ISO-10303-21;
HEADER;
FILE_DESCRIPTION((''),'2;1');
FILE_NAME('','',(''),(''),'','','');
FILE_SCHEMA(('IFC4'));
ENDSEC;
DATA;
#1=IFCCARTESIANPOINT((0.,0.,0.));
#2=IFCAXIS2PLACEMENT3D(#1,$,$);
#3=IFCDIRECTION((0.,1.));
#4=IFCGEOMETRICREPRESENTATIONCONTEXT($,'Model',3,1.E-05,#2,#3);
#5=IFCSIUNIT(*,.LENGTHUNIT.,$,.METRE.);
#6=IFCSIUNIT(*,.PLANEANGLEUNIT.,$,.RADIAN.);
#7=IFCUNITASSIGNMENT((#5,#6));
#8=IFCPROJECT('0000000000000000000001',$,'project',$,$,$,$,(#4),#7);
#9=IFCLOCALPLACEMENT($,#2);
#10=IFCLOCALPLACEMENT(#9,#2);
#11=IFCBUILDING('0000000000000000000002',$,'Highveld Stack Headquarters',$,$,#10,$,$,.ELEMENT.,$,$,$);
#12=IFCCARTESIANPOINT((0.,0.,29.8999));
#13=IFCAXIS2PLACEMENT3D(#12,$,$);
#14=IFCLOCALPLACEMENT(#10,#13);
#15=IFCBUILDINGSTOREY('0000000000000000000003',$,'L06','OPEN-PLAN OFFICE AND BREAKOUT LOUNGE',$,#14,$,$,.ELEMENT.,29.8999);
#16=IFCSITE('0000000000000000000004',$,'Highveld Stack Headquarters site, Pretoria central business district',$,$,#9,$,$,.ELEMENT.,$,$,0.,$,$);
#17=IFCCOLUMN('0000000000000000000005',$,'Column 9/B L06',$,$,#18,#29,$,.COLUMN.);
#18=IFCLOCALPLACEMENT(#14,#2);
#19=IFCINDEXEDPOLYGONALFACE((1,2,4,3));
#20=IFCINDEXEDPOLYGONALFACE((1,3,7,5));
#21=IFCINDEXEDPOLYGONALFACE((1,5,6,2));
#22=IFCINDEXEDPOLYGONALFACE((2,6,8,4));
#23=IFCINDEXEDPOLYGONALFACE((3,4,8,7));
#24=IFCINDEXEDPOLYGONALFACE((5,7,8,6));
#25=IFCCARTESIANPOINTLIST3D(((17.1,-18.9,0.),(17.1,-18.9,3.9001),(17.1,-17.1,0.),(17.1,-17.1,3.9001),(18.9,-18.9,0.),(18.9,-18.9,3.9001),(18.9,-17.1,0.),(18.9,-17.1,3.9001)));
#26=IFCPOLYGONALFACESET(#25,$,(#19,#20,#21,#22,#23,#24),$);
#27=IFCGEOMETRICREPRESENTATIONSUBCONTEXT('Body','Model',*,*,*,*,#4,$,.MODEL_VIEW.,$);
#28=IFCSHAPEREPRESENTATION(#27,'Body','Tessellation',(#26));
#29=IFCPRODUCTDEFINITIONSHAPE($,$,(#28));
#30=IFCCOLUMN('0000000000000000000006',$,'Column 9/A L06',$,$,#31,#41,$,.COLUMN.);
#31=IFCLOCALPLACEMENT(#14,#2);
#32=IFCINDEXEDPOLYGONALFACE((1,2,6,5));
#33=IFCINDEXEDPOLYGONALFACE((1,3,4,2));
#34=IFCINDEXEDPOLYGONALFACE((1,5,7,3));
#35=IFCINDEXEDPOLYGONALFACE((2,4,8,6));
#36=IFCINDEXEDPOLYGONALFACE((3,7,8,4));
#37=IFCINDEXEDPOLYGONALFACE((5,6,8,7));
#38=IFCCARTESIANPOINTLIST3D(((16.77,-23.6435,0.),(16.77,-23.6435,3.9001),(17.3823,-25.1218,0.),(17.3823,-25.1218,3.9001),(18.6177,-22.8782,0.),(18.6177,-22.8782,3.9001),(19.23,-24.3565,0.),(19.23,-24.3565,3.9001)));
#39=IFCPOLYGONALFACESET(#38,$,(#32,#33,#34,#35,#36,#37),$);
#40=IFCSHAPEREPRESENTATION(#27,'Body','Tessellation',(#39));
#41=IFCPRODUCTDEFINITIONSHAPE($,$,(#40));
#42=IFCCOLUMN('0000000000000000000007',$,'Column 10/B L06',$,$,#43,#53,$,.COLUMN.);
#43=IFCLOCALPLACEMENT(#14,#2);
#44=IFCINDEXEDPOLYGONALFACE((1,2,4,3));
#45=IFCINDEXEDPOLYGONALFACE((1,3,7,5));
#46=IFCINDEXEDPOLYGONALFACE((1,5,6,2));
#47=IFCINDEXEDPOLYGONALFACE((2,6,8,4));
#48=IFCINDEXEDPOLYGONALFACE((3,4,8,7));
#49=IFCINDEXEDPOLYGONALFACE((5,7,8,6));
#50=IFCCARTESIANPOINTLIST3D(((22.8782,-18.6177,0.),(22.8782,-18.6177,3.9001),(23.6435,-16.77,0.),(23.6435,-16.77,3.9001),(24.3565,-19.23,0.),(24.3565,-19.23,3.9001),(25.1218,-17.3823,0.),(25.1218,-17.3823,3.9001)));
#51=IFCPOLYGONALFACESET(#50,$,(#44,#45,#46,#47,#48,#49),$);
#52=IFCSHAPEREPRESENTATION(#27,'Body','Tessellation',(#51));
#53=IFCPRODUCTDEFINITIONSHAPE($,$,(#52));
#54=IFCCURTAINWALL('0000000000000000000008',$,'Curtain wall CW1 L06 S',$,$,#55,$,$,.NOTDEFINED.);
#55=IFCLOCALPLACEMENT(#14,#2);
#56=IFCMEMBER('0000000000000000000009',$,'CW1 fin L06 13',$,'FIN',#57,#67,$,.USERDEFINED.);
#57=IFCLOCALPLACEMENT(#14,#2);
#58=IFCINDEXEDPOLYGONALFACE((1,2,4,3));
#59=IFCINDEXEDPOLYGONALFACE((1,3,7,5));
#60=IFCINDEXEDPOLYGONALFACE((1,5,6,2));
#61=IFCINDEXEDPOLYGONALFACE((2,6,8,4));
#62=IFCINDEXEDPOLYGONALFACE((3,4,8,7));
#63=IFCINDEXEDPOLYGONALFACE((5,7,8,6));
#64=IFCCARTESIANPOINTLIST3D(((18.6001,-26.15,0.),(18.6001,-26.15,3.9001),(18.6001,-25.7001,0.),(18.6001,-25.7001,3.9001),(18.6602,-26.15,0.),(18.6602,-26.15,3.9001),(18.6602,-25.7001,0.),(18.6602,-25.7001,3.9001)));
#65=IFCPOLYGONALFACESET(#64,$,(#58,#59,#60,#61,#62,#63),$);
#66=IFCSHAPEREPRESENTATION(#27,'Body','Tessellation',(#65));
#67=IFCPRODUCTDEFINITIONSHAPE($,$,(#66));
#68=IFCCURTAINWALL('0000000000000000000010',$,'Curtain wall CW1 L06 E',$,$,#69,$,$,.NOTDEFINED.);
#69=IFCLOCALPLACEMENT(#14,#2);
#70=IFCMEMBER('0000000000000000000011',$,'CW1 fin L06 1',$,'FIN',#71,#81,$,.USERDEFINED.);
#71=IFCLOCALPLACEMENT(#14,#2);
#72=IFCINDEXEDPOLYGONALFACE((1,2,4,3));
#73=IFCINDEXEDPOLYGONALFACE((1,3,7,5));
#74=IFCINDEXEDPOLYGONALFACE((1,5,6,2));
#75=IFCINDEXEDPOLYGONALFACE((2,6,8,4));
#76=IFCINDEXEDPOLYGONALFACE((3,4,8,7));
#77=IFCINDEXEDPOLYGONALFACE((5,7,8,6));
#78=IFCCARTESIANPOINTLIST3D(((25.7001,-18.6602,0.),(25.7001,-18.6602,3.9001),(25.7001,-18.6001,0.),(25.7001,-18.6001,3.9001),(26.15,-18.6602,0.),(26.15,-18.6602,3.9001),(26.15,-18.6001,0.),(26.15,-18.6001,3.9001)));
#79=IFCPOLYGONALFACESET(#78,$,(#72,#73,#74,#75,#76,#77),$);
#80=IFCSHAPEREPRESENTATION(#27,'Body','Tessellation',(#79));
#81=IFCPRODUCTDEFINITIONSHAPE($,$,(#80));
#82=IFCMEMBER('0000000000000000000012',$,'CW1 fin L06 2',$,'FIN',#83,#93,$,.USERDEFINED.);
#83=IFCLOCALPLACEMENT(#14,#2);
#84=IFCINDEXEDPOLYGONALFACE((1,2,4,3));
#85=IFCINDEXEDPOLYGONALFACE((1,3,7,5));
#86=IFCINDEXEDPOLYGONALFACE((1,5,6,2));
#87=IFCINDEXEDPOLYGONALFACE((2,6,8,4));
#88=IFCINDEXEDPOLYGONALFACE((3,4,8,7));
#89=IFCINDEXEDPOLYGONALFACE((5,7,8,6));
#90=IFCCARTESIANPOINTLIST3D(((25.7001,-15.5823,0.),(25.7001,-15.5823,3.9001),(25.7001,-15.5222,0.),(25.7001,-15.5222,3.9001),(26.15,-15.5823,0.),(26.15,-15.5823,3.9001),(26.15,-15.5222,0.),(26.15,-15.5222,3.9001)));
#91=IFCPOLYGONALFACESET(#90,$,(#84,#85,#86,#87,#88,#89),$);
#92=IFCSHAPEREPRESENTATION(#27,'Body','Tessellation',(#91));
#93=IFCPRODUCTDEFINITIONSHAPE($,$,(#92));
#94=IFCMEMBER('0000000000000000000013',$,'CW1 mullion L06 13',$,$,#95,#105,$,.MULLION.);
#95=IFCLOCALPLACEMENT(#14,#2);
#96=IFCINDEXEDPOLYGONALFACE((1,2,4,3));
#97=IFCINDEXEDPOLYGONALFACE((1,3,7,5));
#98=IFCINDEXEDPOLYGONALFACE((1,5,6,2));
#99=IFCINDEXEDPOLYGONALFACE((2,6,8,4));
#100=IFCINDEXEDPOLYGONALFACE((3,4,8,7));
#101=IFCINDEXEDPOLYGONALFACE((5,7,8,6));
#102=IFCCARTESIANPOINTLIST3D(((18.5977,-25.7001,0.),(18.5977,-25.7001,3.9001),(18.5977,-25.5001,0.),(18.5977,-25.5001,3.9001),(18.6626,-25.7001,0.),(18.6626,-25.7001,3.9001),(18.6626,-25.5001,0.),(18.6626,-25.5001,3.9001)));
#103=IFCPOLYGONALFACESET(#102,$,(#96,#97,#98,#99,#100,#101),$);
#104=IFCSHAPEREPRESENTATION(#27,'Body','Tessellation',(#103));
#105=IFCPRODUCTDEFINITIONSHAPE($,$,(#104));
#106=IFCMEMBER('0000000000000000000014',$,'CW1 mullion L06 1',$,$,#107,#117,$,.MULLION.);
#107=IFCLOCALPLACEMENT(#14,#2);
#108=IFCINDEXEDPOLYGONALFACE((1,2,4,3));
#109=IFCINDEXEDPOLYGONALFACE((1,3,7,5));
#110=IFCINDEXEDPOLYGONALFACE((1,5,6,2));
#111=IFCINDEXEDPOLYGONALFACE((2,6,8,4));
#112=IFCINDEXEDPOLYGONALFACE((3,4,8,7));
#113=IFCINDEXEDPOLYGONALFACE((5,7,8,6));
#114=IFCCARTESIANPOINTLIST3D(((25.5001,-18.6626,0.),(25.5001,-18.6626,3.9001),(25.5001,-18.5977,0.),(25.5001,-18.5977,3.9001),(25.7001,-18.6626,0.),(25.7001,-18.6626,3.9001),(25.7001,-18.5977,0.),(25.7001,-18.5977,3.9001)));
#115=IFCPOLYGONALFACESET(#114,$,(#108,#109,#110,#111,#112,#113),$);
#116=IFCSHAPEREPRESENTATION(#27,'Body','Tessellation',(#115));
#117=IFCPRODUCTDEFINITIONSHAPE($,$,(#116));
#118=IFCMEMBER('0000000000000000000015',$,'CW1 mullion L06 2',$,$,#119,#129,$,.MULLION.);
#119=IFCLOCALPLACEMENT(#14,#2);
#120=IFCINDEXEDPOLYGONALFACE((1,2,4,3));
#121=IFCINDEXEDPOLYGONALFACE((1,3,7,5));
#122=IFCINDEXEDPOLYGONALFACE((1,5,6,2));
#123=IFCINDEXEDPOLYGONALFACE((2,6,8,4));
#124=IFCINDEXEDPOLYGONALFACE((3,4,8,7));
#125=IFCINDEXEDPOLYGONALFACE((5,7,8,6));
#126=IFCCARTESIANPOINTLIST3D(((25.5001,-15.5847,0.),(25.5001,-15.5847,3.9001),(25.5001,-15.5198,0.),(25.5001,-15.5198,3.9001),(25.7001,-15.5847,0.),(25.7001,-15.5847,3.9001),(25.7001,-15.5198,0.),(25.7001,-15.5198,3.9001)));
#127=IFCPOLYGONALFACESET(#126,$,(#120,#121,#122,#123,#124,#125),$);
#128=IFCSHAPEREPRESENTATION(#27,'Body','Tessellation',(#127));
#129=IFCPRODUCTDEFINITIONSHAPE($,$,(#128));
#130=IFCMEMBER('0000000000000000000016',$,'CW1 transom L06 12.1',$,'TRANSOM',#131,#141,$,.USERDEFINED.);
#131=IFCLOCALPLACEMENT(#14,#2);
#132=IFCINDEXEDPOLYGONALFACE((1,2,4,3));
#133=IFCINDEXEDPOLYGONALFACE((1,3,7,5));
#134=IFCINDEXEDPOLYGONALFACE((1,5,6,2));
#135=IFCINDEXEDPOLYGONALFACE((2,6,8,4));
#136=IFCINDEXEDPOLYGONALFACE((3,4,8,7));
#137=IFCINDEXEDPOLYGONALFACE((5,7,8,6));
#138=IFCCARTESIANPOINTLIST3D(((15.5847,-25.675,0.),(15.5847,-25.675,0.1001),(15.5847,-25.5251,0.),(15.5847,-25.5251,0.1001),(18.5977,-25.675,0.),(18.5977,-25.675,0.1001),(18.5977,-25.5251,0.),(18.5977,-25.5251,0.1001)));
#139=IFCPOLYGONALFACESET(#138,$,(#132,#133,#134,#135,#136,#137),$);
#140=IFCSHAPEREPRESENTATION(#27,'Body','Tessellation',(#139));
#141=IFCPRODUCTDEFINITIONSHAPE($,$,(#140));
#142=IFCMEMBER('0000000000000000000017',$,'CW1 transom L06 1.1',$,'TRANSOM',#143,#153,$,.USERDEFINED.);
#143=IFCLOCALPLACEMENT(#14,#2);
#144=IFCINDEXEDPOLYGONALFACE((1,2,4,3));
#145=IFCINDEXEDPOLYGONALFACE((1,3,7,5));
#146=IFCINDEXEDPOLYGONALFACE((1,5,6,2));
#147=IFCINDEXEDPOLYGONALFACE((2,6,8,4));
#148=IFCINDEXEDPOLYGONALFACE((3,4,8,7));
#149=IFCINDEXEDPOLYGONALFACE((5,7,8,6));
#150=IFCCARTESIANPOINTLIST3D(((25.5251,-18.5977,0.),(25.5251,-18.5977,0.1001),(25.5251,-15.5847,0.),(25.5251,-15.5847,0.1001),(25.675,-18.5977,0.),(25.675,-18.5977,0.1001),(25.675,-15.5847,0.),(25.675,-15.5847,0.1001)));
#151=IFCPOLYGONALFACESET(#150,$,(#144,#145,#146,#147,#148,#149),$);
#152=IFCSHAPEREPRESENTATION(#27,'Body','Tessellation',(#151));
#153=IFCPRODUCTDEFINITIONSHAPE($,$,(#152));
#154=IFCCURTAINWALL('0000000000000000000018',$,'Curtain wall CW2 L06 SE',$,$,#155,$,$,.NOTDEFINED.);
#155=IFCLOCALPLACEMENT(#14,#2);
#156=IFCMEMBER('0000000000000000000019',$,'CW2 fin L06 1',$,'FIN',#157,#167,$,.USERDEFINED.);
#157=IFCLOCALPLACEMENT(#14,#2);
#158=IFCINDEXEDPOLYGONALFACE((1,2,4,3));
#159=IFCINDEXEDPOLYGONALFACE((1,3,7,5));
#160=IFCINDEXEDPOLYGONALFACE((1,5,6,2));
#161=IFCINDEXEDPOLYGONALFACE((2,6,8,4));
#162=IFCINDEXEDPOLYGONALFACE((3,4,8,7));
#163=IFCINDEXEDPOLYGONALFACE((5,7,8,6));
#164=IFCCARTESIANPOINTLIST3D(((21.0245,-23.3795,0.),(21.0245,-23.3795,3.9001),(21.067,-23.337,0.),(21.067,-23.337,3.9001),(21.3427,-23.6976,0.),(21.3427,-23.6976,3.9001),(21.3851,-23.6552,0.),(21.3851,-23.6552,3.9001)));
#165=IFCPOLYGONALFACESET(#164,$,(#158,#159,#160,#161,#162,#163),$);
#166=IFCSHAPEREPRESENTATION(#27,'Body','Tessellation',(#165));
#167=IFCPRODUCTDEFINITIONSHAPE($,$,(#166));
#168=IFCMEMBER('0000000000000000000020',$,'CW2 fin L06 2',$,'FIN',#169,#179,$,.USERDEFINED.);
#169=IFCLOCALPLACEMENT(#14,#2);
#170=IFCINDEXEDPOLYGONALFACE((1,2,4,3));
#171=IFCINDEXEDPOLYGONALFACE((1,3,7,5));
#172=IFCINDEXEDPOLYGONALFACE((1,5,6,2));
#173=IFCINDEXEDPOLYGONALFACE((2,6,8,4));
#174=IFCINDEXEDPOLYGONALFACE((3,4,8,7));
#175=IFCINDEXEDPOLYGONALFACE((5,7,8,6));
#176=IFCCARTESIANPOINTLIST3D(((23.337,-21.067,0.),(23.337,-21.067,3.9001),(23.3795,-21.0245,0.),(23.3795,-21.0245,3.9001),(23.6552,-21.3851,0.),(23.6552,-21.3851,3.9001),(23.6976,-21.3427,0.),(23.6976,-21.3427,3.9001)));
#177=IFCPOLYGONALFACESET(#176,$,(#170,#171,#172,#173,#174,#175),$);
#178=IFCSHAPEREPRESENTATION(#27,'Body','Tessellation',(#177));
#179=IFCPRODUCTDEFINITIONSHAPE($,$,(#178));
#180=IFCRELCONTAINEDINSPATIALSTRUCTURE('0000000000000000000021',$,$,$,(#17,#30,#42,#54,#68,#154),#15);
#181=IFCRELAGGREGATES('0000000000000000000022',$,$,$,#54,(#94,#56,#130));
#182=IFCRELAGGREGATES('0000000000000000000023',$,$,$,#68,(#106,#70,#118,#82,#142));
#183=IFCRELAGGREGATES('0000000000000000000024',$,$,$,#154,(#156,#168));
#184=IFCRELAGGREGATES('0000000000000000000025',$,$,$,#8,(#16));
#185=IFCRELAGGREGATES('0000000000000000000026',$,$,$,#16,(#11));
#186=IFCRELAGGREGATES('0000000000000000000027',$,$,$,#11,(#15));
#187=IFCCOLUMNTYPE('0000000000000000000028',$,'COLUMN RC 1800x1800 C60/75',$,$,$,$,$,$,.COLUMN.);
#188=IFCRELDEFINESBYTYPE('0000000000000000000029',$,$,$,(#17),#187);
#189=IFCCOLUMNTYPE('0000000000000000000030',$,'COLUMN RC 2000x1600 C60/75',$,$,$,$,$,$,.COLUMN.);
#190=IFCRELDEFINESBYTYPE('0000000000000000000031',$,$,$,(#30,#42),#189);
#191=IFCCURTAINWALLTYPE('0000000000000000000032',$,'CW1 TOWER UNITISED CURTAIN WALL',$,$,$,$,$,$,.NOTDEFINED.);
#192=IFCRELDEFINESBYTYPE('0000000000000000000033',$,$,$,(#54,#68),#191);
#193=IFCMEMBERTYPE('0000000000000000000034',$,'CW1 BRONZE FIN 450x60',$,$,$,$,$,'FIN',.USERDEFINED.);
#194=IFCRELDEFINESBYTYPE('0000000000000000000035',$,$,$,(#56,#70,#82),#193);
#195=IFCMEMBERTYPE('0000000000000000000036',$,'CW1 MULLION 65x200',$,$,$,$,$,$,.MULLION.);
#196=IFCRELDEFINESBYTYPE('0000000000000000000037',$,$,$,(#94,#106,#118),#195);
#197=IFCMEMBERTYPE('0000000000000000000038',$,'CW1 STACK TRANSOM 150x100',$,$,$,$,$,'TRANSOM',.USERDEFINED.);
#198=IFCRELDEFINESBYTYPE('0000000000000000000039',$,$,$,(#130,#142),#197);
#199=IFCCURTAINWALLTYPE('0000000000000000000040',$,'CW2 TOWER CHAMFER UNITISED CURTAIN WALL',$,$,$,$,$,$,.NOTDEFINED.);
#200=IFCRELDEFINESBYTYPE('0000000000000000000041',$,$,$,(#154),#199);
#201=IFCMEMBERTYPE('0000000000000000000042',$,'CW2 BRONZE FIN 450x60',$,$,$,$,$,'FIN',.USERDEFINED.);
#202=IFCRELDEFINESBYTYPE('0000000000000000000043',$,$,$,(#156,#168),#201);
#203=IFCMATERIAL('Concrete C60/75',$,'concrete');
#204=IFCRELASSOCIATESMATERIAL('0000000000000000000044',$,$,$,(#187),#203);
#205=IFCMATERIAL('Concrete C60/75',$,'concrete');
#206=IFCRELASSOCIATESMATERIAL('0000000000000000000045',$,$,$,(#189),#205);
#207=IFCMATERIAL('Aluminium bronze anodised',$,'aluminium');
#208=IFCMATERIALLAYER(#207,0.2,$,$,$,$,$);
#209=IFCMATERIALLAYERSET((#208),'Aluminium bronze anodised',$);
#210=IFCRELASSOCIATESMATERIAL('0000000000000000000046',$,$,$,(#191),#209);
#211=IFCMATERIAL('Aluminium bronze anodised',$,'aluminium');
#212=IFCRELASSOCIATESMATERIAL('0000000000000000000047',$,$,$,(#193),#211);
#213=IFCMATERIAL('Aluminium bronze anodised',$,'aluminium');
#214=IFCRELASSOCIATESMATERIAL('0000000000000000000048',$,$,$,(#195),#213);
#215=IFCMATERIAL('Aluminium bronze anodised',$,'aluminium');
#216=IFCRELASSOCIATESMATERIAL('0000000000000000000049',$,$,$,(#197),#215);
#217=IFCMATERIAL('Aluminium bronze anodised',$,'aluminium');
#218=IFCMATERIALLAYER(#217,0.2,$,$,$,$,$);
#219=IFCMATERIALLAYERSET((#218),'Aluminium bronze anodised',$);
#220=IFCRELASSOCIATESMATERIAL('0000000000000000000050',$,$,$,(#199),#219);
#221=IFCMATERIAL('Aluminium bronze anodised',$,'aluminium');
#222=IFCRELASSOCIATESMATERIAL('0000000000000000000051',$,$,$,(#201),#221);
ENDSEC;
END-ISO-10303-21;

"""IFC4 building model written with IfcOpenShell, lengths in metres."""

from ifc_helpers import new_model, si_unit, direction, frame, origin, origin_2d, place, context, subcontext, project, spatial, rectangle, extrude, material, layer, layer_set, material_profile, profile_set, type_object, element, aggregate, save


model = new_model("IFC4")

# Units and contexts
model_context = context("Model", 3, precision=1e-05, world=origin(), true_north=direction((0.0, 1.0)))
body_context = subcontext(model_context, "Body", "Model", "MODEL_VIEW")
ifc_project = project(units=[si_unit("LENGTHUNIT", "METRE"), si_unit("PLANEANGLEUNIT", "RADIAN")], contexts=[model_context])

# Site, building, storey
site_placement = place(None, origin())
site = spatial("IfcSite", under=ifc_project, at=site_placement, Name="Highveld Stack Headquarters site, Pretoria central business district", CompositionType="ELEMENT", RefElevation=0.0)
building_placement = place(site_placement, origin())
building = spatial("IfcBuilding", under=site, at=building_placement, Name="Highveld Stack Headquarters", CompositionType="ELEMENT")
storey_placement = place(building_placement, frame((0.0, 0.0, 29.8999)))
storey = spatial("IfcBuildingStorey", under=building, at=storey_placement, Name="L06", Description="OPEN-PLAN OFFICE AND BREAKOUT LOUNGE", CompositionType="ELEMENT", Elevation=29.8999)

# Columns
ifc_material_1 = material(Name="Concrete C60/75", Category="concrete")
ifc_material_profile_1 = material_profile(ifc_material_1, rectangle(XDim=1.8, YDim=1.8, at=origin_2d()), Name="RC 1800x1800")
ifc_profile_set_1 = profile_set([ifc_material_profile_1], Name="Concrete C60/75")
column_type_1 = type_object("IfcColumnType", Name="COLUMN RC 1800x1800 C60/75", PredefinedType="COLUMN", material=ifc_profile_set_1)
column_placement = place(storey_placement, frame((18.0, -18.0, 0.0), z_axis=(0.0, 0.0, 1.0), x_axis=(1.0, 0.0, 0.0)))
element("IfcColumn", 1, at=column_placement, inside=storey, type_object=column_type_1, Name="Column 9/B L06", PredefinedType="COLUMN", context=body_context, shape_type="SweptSolid", body=[
    extrude(rectangle(XDim=1.8, YDim=1.8, at=origin_2d()), origin(), (0.0, 0.0, 1.0), 3.9001),
])
ifc_material_2 = material(Name="Concrete C60/75", Category="concrete")
ifc_material_profile_2 = material_profile(ifc_material_2, rectangle(XDim=2.0, YDim=1.6001, at=origin_2d()), Name="RC 2000x1600")
ifc_profile_set_2 = profile_set([ifc_material_profile_2], Name="Concrete C60/75")
column_type_2 = type_object("IfcColumnType", Name="COLUMN RC 2000x1600 C60/75", PredefinedType="COLUMN", material=ifc_profile_set_2)
for number, where, z_axis, x_axis, name in (
    (2, (18.0, -24.0, 0.0), (0.0, 0.0, 1.0), (-0.92388, -0.382683, 0.0), "Column 9/A L06"),
    (3, (24.0, -18.0, 0.0), (0.0, 0.0, 1.0), (-0.382683, -0.92388, 0.0), "Column 10/B L06"),
):
    element("IfcColumn", number, at=place(storey_placement, frame(where, z_axis=z_axis, x_axis=x_axis)), inside=storey, type_object=column_type_2, Name=name, PredefinedType="COLUMN", context=body_context, shape_type="SweptSolid", body=[
        extrude(rectangle(XDim=2.0, YDim=1.6001, at=origin_2d()), origin(), (0.0, 0.0, 1.0), 3.9001),
    ])

# Curtain wall, member
ifc_material_3 = material(Name="Aluminium bronze anodised", Category="aluminium")
ifc_layer_1 = layer(ifc_material_3, 0.2)
ifc_layer_set_1 = layer_set([ifc_layer_1], Name="Aluminium bronze anodised")
curtain_wall_type_1 = type_object("IfcCurtainWallType", Name="CW1 TOWER UNITISED CURTAIN WALL", PredefinedType="NOTDEFINED", material=ifc_layer_set_1)
curtain_wall_1_placement = place(storey_placement, origin())
curtain_wall_1 = element("IfcCurtainWall", 4, at=curtain_wall_1_placement, inside=storey, type_object=curtain_wall_type_1, Name="Curtain wall CW1 L06 S", PredefinedType="NOTDEFINED")
ifc_material_4 = material(Name="Aluminium bronze anodised", Category="aluminium")
ifc_material_profile_3 = material_profile(ifc_material_4, rectangle(XDim=0.45, YDim=0.0601, at=origin_2d()), Name="FIN 450x60")
ifc_profile_set_3 = profile_set([ifc_material_profile_3], Name="Aluminium bronze anodised")
member_type_1 = type_object("IfcMemberType", Name="CW1 BRONZE FIN 450x60", ElementType="FIN", PredefinedType="USERDEFINED", material=ifc_profile_set_3)
member_1_placement = place(storey_placement, frame((18.6301, -25.925, 0.0), z_axis=(0.0, 0.0, 1.0), x_axis=(0.0, 1.0, 0.0)))
member_1 = element("IfcMember", 5, at=member_1_placement, type_object=member_type_1, Name="CW1 fin L06 13", ObjectType="FIN", PredefinedType="USERDEFINED", context=body_context, shape_type="SweptSolid", body=[
    extrude(rectangle(XDim=0.45, YDim=0.0601, at=origin_2d()), origin(), (0.0, 0.0, 1.0), 3.9001),
])

# Curtain wall, members
curtain_wall_2_placement = place(storey_placement, origin())
curtain_wall_2 = element("IfcCurtainWall", 6, at=curtain_wall_2_placement, inside=storey, type_object=curtain_wall_type_1, Name="Curtain wall CW1 L06 E", PredefinedType="NOTDEFINED")
member_2_placement = place(storey_placement, frame((25.925, -18.6301, 0.0), z_axis=(0.0, 0.0, 1.0), x_axis=(-1.0, 0.0, 0.0)))
member_2 = element("IfcMember", 7, at=member_2_placement, type_object=member_type_1, Name="CW1 fin L06 1", ObjectType="FIN", PredefinedType="USERDEFINED", context=body_context, shape_type="SweptSolid", body=[
    extrude(rectangle(XDim=0.45, YDim=0.0601, at=origin_2d()), origin(), (0.0, 0.0, 1.0), 3.9001),
])
member_3_placement = place(storey_placement, frame((25.925, -15.5522, 0.0), z_axis=(0.0, 0.0, 1.0), x_axis=(-1.0, 0.0, 0.0)))
member_3 = element("IfcMember", 8, at=member_3_placement, type_object=member_type_1, Name="CW1 fin L06 2", ObjectType="FIN", PredefinedType="USERDEFINED", context=body_context, shape_type="SweptSolid", body=[
    extrude(rectangle(XDim=0.45, YDim=0.0601, at=origin_2d()), origin(), (0.0, 0.0, 1.0), 3.9001),
])

# Members
ifc_material_5 = material(Name="Aluminium bronze anodised", Category="aluminium")
ifc_material_profile_4 = material_profile(ifc_material_5, rectangle(XDim=0.2, YDim=0.0649, at=origin_2d()), Name="CW1 MULLION 65x200")
ifc_profile_set_4 = profile_set([ifc_material_profile_4], Name="Aluminium bronze anodised")
member_type_2 = type_object("IfcMemberType", Name="CW1 MULLION 65x200", PredefinedType="MULLION", material=ifc_profile_set_4)
member_4_placement = place(storey_placement, frame((18.6301, -25.6001, 0.0), z_axis=(0.0, 0.0, 1.0), x_axis=(0.0, 1.0, 0.0)))
member_4 = element("IfcMember", 9, at=member_4_placement, type_object=member_type_2, Name="CW1 mullion L06 13", PredefinedType="MULLION", context=body_context, shape_type="SweptSolid", body=[
    extrude(rectangle(XDim=0.2, YDim=0.0649, at=origin_2d()), origin(), (0.0, 0.0, 1.0), 3.9001),
])
member_5_placement = place(storey_placement, frame((25.6001, -18.6301, 0.0), z_axis=(0.0, 0.0, 1.0), x_axis=(-1.0, 0.0, 0.0)))
member_5 = element("IfcMember", 10, at=member_5_placement, type_object=member_type_2, Name="CW1 mullion L06 1", PredefinedType="MULLION", context=body_context, shape_type="SweptSolid", body=[
    extrude(rectangle(XDim=0.2, YDim=0.0649, at=origin_2d()), origin(), (0.0, 0.0, 1.0), 3.9001),
])
member_6_placement = place(storey_placement, frame((25.6001, -15.5522, 0.0), z_axis=(0.0, 0.0, 1.0), x_axis=(-1.0, 0.0, 0.0)))
member_6 = element("IfcMember", 11, at=member_6_placement, type_object=member_type_2, Name="CW1 mullion L06 2", PredefinedType="MULLION", context=body_context, shape_type="SweptSolid", body=[
    extrude(rectangle(XDim=0.2, YDim=0.0649, at=origin_2d()), origin(), (0.0, 0.0, 1.0), 3.9001),
])
ifc_material_6 = material(Name="Aluminium bronze anodised", Category="aluminium")
ifc_material_profile_5 = material_profile(ifc_material_6, rectangle(XDim=0.1499, YDim=0.1001, at=origin_2d()), Name="CW1 TRANSOM 150x100")
ifc_profile_set_5 = profile_set([ifc_material_profile_5], Name="Aluminium bronze anodised")
member_type_3 = type_object("IfcMemberType", Name="CW1 STACK TRANSOM 150x100", ElementType="TRANSOM", PredefinedType="USERDEFINED", material=ifc_profile_set_5)
member_7_placement = place(storey_placement, frame((15.5847, -25.6001, 0.05), z_axis=(1.0, 0.0, 0.0), x_axis=(0.0, 1.0, 0.0)))
member_7 = element("IfcMember", 12, at=member_7_placement, type_object=member_type_3, Name="CW1 transom L06 12.1", ObjectType="TRANSOM", PredefinedType="USERDEFINED", context=body_context, shape_type="SweptSolid", body=[
    extrude(rectangle(XDim=0.1499, YDim=0.1001, at=origin_2d()), origin(), (0.0, 0.0, 1.0), 3.0129),
])
member_8_placement = place(storey_placement, frame((25.6001, -18.5977, 0.05), z_axis=(0.0, 1.0, 0.0), x_axis=(-1.0, 0.0, 0.0)))
member_8 = element("IfcMember", 13, at=member_8_placement, type_object=member_type_3, Name="CW1 transom L06 1.1", ObjectType="TRANSOM", PredefinedType="USERDEFINED", context=body_context, shape_type="SweptSolid", body=[
    extrude(rectangle(XDim=0.1499, YDim=0.1001, at=origin_2d()), origin(), (0.0, 0.0, 1.0), 3.0129),
])

# Curtain wall, members
ifc_material_7 = material(Name="Aluminium bronze anodised", Category="aluminium")
ifc_layer_2 = layer(ifc_material_7, 0.2)
ifc_layer_set_2 = layer_set([ifc_layer_2], Name="Aluminium bronze anodised")
curtain_wall_type_2 = type_object("IfcCurtainWallType", Name="CW2 TOWER CHAMFER UNITISED CURTAIN WALL", PredefinedType="NOTDEFINED", material=ifc_layer_set_2)
curtain_wall_3_placement = place(storey_placement, origin())
curtain_wall_3 = element("IfcCurtainWall", 14, at=curtain_wall_3_placement, inside=storey, type_object=curtain_wall_type_2, Name="Curtain wall CW2 L06 SE", PredefinedType="NOTDEFINED")
ifc_material_8 = material(Name="Aluminium bronze anodised", Category="aluminium")
ifc_material_profile_6 = material_profile(ifc_material_8, rectangle(XDim=0.45, YDim=0.0601, at=origin_2d()), Name="FIN 450x60")
ifc_profile_set_6 = profile_set([ifc_material_profile_6], Name="Aluminium bronze anodised")
member_type_4 = type_object("IfcMemberType", Name="CW2 BRONZE FIN 450x60", ElementType="FIN", PredefinedType="USERDEFINED", material=ifc_profile_set_6)
member_9_placement = place(storey_placement, frame((21.2048, -23.5173, 0.0), z_axis=(0.0, 0.0, 1.0), x_axis=(-0.707107, 0.707107, 0.0)))
member_9 = element("IfcMember", 15, at=member_9_placement, type_object=member_type_4, Name="CW2 fin L06 1", ObjectType="FIN", PredefinedType="USERDEFINED", context=body_context, shape_type="SweptSolid", body=[
    extrude(rectangle(XDim=0.45, YDim=0.0601, at=origin_2d()), origin(), (0.0, 0.0, 1.0), 3.9001),
])
member_10_placement = place(storey_placement, frame((23.5173, -21.2048, 0.0), z_axis=(0.0, 0.0, 1.0), x_axis=(-0.707107, 0.707107, 0.0)))
member_10 = element("IfcMember", 16, at=member_10_placement, type_object=member_type_4, Name="CW2 fin L06 2", ObjectType="FIN", PredefinedType="USERDEFINED", context=body_context, shape_type="SweptSolid", body=[
    extrude(rectangle(XDim=0.45, YDim=0.0601, at=origin_2d()), origin(), (0.0, 0.0, 1.0), 3.9001),
])

aggregate(curtain_wall_1, [member_4, member_1, member_7])
aggregate(curtain_wall_2, [member_5, member_2, member_6, member_3, member_8])
aggregate(curtain_wall_3, [member_9, member_10])

save(model, "model.ifc")
